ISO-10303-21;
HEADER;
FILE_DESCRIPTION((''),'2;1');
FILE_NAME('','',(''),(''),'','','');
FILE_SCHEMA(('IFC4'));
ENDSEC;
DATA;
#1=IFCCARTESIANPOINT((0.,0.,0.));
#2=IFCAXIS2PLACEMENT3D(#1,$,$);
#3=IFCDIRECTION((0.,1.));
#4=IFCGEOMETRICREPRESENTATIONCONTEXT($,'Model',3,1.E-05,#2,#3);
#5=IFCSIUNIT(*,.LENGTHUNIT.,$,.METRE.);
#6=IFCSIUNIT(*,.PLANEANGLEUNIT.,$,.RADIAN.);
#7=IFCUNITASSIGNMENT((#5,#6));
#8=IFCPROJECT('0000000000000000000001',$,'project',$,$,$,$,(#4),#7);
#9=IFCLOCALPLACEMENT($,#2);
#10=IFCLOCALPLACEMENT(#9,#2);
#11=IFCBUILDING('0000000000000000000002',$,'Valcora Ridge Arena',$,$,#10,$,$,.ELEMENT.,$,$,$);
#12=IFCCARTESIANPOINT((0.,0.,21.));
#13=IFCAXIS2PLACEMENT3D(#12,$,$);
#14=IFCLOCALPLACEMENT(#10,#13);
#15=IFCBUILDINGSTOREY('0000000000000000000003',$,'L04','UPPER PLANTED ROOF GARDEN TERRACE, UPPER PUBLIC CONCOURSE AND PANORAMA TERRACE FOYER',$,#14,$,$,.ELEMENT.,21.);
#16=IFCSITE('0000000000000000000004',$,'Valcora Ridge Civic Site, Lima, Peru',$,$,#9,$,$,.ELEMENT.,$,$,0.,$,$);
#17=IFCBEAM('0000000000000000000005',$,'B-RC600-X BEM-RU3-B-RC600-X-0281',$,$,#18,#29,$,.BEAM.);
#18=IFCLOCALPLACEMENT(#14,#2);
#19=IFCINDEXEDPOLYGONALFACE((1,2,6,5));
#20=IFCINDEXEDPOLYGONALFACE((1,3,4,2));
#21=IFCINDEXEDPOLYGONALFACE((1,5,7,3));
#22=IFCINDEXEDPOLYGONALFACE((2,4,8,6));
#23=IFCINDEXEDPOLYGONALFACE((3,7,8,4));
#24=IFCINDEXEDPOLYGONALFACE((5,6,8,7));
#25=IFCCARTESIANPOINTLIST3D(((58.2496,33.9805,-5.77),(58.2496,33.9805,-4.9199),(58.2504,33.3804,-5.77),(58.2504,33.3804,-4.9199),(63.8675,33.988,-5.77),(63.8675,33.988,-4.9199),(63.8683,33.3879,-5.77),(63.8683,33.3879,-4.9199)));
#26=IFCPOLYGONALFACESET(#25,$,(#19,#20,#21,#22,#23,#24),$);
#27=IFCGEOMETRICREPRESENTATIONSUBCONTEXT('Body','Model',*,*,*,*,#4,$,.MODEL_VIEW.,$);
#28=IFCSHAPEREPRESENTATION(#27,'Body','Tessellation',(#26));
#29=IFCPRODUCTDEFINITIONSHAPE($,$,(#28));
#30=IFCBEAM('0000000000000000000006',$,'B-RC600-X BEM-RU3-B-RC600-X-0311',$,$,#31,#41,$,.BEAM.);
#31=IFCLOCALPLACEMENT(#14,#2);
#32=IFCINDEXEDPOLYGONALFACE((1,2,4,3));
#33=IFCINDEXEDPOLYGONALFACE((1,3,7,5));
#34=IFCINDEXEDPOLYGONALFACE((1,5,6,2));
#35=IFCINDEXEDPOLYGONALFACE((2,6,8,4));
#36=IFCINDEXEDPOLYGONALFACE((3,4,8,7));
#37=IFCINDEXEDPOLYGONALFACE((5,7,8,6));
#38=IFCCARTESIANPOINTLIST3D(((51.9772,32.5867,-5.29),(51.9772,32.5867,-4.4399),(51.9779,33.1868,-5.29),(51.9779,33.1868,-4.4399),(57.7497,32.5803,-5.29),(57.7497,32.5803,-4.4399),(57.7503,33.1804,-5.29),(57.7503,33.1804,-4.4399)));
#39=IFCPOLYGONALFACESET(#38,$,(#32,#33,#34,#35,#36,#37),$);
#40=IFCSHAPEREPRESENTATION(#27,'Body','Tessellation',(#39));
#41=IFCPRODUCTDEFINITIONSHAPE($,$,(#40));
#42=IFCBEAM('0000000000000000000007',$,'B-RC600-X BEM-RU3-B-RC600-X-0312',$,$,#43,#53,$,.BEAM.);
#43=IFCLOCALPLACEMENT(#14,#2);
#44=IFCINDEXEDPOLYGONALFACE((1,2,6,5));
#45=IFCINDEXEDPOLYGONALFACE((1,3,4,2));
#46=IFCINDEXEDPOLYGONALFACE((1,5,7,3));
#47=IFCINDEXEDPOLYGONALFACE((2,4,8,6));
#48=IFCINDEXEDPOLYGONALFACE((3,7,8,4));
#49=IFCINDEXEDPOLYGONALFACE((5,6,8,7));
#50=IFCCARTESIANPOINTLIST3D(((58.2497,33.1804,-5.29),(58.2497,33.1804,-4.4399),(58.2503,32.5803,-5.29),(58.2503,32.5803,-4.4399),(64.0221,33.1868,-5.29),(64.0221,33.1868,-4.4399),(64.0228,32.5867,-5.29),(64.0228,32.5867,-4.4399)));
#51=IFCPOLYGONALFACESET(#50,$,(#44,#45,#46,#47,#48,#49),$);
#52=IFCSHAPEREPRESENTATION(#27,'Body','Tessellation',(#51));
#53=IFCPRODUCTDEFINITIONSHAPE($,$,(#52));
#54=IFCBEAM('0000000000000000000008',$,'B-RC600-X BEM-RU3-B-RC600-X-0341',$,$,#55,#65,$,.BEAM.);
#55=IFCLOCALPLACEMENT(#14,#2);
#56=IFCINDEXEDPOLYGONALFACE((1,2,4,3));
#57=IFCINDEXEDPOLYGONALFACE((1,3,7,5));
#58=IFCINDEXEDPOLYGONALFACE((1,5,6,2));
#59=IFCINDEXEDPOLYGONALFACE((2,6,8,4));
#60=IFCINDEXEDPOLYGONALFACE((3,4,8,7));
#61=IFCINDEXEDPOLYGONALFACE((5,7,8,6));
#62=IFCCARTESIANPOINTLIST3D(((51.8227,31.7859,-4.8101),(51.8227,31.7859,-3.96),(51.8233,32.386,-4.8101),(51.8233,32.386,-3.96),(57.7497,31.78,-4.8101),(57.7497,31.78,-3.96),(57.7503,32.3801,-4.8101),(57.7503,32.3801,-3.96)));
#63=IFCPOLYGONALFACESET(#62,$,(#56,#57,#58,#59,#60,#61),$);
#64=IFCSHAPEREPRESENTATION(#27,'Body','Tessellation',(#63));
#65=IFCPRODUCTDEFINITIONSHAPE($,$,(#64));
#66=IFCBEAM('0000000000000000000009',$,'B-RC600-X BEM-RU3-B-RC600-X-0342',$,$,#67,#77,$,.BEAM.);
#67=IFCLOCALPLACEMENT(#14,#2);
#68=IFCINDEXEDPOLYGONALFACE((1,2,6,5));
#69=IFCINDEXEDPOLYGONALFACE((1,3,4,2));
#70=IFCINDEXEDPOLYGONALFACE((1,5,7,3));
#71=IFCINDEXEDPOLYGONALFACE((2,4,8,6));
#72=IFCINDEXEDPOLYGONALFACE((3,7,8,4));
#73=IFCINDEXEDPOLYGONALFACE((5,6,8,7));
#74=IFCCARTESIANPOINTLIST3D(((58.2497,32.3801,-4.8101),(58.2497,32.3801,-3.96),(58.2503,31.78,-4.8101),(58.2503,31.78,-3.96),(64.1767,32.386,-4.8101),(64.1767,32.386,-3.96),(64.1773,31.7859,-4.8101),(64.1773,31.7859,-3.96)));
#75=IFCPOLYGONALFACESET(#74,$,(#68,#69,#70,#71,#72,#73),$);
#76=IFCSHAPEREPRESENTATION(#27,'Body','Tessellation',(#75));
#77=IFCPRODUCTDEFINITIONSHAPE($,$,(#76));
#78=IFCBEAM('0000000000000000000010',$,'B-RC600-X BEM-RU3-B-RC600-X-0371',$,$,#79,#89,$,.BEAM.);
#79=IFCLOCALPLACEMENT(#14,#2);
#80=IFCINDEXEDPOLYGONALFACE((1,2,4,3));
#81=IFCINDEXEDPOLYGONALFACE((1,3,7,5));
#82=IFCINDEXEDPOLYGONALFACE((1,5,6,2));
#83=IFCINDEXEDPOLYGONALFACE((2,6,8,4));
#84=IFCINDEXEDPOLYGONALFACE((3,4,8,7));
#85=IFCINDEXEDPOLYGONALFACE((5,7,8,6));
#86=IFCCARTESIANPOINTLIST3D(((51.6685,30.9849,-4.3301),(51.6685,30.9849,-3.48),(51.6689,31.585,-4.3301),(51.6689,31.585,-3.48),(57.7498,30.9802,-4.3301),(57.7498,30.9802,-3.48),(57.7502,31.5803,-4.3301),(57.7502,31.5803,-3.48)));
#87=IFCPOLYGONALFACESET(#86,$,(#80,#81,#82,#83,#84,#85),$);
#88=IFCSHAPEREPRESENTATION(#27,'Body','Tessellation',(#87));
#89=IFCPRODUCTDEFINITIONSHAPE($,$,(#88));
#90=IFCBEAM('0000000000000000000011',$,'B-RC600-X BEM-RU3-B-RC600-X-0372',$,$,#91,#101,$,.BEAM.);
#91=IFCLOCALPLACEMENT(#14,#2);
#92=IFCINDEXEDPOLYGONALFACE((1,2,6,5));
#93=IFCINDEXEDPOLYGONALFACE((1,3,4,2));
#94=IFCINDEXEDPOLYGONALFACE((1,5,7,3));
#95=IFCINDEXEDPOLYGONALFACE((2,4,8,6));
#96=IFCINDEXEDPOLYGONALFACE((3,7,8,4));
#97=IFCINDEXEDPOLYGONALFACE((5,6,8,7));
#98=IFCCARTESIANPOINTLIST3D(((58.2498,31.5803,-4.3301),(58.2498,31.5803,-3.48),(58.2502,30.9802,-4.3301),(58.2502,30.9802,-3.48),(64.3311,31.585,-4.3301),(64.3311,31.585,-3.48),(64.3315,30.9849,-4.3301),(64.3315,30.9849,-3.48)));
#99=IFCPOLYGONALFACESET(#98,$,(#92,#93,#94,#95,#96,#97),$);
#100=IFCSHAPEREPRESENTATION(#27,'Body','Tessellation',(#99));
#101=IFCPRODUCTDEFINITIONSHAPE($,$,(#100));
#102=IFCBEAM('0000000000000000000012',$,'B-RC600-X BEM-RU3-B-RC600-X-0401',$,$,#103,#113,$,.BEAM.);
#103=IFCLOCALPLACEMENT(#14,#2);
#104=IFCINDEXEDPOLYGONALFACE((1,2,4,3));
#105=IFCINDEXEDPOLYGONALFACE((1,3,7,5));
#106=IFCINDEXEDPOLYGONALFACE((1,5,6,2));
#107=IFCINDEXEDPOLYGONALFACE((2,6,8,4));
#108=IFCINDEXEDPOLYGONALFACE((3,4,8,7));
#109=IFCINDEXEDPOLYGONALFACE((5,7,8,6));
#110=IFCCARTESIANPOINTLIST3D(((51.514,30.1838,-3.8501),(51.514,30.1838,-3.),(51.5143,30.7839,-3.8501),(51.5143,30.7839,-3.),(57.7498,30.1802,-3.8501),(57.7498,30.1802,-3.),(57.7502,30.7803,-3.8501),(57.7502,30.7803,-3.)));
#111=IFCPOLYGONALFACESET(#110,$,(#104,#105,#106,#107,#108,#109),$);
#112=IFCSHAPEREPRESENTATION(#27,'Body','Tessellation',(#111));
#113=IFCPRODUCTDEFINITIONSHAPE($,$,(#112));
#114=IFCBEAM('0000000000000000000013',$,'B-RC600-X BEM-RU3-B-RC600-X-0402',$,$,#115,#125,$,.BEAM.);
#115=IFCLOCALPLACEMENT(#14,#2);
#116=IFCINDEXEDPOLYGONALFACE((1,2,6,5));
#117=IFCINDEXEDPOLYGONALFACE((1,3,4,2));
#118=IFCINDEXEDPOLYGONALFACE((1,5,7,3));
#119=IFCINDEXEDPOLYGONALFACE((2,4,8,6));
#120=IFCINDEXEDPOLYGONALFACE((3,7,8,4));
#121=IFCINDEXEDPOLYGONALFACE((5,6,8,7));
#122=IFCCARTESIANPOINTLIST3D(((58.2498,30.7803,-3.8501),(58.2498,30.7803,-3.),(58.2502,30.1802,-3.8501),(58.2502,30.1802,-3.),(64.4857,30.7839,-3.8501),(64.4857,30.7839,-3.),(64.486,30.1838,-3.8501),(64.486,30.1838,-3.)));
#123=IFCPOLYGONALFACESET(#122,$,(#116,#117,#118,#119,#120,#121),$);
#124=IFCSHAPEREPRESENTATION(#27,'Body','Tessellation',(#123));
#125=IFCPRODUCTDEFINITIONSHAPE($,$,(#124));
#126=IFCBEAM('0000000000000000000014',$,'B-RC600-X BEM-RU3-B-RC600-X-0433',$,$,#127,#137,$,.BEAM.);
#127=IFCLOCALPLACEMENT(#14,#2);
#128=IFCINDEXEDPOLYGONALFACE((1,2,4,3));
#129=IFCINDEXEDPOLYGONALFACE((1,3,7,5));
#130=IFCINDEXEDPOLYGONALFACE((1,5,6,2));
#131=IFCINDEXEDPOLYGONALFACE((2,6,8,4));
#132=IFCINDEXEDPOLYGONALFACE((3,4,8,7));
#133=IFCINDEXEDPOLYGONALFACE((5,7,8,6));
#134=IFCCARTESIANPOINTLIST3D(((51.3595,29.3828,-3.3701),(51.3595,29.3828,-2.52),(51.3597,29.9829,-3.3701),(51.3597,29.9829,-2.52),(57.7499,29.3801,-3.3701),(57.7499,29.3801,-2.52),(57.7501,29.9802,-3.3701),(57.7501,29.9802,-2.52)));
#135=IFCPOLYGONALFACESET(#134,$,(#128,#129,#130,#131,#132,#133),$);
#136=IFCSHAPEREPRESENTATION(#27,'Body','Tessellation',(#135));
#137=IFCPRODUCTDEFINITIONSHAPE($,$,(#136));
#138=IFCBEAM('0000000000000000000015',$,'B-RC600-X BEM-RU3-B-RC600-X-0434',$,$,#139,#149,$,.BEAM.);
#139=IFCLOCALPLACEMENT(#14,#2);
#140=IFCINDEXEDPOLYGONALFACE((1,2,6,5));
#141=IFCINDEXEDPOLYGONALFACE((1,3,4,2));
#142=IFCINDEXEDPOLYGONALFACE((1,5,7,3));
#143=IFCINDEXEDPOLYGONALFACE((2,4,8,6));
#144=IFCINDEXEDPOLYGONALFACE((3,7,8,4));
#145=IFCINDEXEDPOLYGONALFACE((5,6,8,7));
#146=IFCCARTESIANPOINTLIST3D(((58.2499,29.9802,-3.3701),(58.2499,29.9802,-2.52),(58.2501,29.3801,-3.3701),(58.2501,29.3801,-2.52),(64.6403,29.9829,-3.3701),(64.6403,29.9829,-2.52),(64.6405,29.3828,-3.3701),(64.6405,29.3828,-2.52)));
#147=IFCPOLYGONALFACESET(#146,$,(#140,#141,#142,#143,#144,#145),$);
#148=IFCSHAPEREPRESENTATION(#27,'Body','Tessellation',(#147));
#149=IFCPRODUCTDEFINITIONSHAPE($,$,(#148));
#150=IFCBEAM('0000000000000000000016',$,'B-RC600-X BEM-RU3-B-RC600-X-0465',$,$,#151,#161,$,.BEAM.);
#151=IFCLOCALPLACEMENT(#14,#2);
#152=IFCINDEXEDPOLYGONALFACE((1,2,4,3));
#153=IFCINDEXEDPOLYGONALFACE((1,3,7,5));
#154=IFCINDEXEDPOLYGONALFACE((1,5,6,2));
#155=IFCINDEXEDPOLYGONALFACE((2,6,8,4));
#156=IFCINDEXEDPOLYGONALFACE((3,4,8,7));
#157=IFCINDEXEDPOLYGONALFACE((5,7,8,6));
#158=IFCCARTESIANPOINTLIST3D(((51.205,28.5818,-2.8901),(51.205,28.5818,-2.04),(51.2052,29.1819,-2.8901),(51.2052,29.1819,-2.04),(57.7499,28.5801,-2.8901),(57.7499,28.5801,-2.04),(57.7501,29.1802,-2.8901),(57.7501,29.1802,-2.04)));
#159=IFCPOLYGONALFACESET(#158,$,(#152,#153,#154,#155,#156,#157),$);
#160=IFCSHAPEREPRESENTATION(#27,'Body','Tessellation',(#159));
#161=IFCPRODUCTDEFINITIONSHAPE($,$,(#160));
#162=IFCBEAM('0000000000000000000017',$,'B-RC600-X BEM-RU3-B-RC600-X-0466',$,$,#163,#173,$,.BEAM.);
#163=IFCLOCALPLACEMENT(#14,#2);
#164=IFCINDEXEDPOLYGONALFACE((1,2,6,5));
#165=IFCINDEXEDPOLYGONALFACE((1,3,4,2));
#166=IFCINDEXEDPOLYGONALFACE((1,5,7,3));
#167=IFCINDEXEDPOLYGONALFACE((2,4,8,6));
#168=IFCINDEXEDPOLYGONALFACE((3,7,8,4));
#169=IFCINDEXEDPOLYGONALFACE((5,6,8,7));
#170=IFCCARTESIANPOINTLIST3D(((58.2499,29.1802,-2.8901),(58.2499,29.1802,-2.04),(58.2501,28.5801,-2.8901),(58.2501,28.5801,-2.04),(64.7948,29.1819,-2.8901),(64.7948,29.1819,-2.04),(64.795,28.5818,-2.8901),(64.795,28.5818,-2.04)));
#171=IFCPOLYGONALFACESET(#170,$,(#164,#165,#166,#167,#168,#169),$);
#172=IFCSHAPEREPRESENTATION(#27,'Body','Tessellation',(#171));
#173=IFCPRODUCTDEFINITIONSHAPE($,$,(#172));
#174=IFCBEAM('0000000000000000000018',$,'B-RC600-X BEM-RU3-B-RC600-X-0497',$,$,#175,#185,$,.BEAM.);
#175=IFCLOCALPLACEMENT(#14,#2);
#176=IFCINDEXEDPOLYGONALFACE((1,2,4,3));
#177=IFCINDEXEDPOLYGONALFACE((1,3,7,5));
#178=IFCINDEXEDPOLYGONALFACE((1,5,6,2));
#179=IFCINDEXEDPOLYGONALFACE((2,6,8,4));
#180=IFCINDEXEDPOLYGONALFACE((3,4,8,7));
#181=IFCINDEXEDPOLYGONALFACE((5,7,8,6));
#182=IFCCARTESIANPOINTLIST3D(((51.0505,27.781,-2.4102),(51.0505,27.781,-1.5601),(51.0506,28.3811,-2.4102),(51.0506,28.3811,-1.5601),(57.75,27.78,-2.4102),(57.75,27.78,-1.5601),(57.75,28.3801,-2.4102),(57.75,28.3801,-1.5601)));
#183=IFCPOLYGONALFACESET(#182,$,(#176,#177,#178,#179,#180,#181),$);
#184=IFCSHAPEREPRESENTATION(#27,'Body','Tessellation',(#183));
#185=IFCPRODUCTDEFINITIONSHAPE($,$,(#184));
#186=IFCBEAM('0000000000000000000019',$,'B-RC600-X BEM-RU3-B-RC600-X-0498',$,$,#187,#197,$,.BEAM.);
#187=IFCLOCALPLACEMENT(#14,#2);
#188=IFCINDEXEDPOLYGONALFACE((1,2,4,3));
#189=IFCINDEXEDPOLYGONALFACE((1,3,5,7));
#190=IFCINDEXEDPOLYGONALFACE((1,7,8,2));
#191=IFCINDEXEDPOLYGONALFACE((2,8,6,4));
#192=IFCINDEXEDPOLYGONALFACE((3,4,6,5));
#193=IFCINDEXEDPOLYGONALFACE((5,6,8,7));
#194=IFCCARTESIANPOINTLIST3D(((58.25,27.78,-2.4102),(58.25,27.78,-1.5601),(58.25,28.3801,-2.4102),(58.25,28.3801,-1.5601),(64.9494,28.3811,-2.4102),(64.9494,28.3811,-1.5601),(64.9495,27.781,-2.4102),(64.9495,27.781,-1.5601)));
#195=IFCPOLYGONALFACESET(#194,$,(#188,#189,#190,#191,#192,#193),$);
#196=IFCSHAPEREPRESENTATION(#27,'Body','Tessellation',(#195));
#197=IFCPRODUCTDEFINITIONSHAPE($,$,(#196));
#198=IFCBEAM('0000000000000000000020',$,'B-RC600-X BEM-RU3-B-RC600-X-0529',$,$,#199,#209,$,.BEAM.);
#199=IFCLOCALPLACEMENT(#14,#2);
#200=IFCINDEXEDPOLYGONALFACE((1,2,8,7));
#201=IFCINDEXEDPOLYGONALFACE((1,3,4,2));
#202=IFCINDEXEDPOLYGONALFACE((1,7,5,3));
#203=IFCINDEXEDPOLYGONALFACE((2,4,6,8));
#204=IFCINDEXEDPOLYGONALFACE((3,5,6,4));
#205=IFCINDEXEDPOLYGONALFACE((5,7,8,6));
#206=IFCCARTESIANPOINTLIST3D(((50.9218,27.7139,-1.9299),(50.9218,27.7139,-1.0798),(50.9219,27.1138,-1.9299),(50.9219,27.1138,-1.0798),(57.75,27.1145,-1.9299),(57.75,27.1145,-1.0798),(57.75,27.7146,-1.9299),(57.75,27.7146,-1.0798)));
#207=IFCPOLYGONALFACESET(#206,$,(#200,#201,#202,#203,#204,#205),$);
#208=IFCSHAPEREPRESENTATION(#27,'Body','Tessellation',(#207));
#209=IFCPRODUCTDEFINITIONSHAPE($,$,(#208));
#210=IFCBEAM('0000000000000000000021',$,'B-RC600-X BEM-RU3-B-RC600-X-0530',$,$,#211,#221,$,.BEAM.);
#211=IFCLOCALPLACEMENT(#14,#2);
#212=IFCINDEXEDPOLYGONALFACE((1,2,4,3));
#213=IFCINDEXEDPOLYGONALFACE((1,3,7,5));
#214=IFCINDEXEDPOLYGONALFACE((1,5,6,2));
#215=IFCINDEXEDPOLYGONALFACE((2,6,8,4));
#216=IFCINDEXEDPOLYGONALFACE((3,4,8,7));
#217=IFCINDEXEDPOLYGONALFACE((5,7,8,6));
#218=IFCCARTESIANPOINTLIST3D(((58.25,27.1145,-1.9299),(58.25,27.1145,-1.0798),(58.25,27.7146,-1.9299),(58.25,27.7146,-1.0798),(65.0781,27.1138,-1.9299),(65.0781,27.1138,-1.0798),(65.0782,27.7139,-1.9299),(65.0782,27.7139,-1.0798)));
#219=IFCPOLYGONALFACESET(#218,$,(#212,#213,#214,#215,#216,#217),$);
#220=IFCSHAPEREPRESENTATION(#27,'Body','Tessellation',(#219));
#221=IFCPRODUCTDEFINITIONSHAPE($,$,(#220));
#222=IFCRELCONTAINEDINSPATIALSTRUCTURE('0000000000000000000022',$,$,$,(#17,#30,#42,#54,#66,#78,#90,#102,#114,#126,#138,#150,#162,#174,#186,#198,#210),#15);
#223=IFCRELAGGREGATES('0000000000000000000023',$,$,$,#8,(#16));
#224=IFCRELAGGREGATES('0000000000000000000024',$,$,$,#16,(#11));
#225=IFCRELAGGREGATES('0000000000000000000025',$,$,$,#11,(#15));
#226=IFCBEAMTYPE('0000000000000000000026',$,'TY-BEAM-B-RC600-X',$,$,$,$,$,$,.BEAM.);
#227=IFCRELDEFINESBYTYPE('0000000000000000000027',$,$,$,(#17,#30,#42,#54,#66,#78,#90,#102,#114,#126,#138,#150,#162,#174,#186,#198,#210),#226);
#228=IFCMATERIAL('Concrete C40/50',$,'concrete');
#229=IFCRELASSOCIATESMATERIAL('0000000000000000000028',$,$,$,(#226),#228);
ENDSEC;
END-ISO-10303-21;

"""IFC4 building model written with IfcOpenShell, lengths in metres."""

from ifc_helpers import new_model, si_unit, direction, frame, origin, origin_2d, place, context, subcontext, project, spatial, rectangle, extrude, material, material_profile, profile_set, type_object, element, save


model = new_model("IFC4")

# Units and contexts
model_context = context("Model", 3, precision=1e-05, world=origin(), true_north=direction((0.0, 1.0)))
body_context = subcontext(model_context, "Body", "Model", "MODEL_VIEW")
ifc_project = project(units=[si_unit("LENGTHUNIT", "METRE"), si_unit("PLANEANGLEUNIT", "RADIAN")], contexts=[model_context])

# Site, building, storey
site_placement = place(None, origin())
site = spatial("IfcSite", under=ifc_project, at=site_placement, Name="Valcora Ridge Civic Site, Lima, Peru", CompositionType="ELEMENT", RefElevation=0.0)
building_placement = place(site_placement, origin())
building = spatial("IfcBuilding", under=site, at=building_placement, Name="Valcora Ridge Arena", CompositionType="ELEMENT")
storey_placement = place(building_placement, frame((0.0, 0.0, 21.0)))
storey = spatial("IfcBuildingStorey", under=building, at=storey_placement, Name="L04", Description="UPPER PLANTED ROOF GARDEN TERRACE, UPPER PUBLIC CONCOURSE AND PANORAMA TERRACE FOYER", CompositionType="ELEMENT", Elevation=21.0)

# Beams
ifc_material_1 = material(Name="Concrete C40/50", Category="concrete")
ifc_material_profile_1 = material_profile(ifc_material_1, rectangle(XDim=0.6001, YDim=0.8501, at=origin_2d()), Name="RC 600x850")
ifc_profile_set_1 = profile_set([ifc_material_profile_1], Name="Concrete C40/50")
beam_type_1 = type_object("IfcBeamType", Name="TY-BEAM-B-RC600-X", PredefinedType="BEAM", material=ifc_profile_set_1)
for number, where, z_axis, x_axis, name in (
    (1, (58.25, 33.6804, -5.345), (0.999999, 0.001347, 0.0), (-0.001347, 0.999999, 0.0), "B-RC600-X BEM-RU3-B-RC600-X-0281"),
):
    element("IfcBeam", number, at=place(storey_placement, frame(where, z_axis=z_axis, x_axis=x_axis)), inside=storey, type_object=beam_type_1, Name=name, PredefinedType="BEAM", context=body_context, shape_type="SweptSolid", body=[
        extrude(rectangle(XDim=0.6001, YDim=0.8501, at=origin_2d()), origin(), (0.0, 0.0, 1.0), 5.6179),
    ])
for number, where, z_axis, x_axis, name in (
    (2, (51.9775, 32.8867, -4.865), (0.999999, -0.0011, 0.0), (0.0011, 0.999999, 0.0), "B-RC600-X BEM-RU3-B-RC600-X-0311"),
    (3, (58.25, 32.8804, -4.865), (0.999999, 0.0011, 0.0), (-0.0011, 0.999999, 0.0), "B-RC600-X BEM-RU3-B-RC600-X-0312"),
):
    element("IfcBeam", number, at=place(storey_placement, frame(where, z_axis=z_axis, x_axis=x_axis)), inside=storey, type_object=beam_type_1, Name=name, PredefinedType="BEAM", context=body_context, shape_type="SweptSolid", body=[
        extrude(rectangle(XDim=0.6001, YDim=0.8501, at=origin_2d()), origin(), (0.0, 0.0, 1.0), 5.7725),
    ])
for number, where, z_axis, x_axis, name in (
    (4, (51.823, 32.0859, -4.385), (1.0, -0.000989, 0.0), (0.000989, 1.0, 0.0), "B-RC600-X BEM-RU3-B-RC600-X-0341"),
    (5, (58.25, 32.0801, -4.385), (1.0, 0.000989, 0.0), (-0.000989, 1.0, 0.0), "B-RC600-X BEM-RU3-B-RC600-X-0342"),
):
    element("IfcBeam", number, at=place(storey_placement, frame(where, z_axis=z_axis, x_axis=x_axis)), inside=storey, type_object=beam_type_1, Name=name, PredefinedType="BEAM", context=body_context, shape_type="SweptSolid", body=[
        extrude(rectangle(XDim=0.6001, YDim=0.8501, at=origin_2d()), origin(), (0.0, 0.0, 1.0), 5.927),
    ])
for number, where, z_axis, x_axis, name in (
    (6, (51.6687, 31.2849, -3.905), (1.0, -0.000763, 0.0), (0.000763, 1.0, 0.0), "B-RC600-X BEM-RU3-B-RC600-X-0371"),
    (7, (58.25, 31.2803, -3.905), (1.0, 0.000763, 0.0), (-0.000763, 1.0, 0.0), "B-RC600-X BEM-RU3-B-RC600-X-0372"),
):
    element("IfcBeam", number, at=place(storey_placement, frame(where, z_axis=z_axis, x_axis=x_axis)), inside=storey, type_object=beam_type_1, Name=name, PredefinedType="BEAM", context=body_context, shape_type="SweptSolid", body=[
        extrude(rectangle(XDim=0.6001, YDim=0.8501, at=origin_2d()), origin(), (0.0, 0.0, 1.0), 6.0813),
    ])
for number, where, z_axis, x_axis, name in (
    (8, (51.5142, 30.4839, -3.425), (1.0, -0.000587, 0.0), (0.000587, 1.0, 0.0), "B-RC600-X BEM-RU3-B-RC600-X-0401"),
    (9, (58.25, 30.4802, -3.425), (1.0, 0.000587, 0.0), (-0.000587, 1.0, 0.0), "B-RC600-X BEM-RU3-B-RC600-X-0402"),
):
    element("IfcBeam", number, at=place(storey_placement, frame(where, z_axis=z_axis, x_axis=x_axis)), inside=storey, type_object=beam_type_1, Name=name, PredefinedType="BEAM", context=body_context, shape_type="SweptSolid", body=[
        extrude(rectangle(XDim=0.6001, YDim=0.8501, at=origin_2d()), origin(), (0.0, 0.0, 1.0), 6.2358),
    ])
for number, where, z_axis, x_axis, name in (
    (10, (51.3596, 29.6829, -2.9451), (1.0, -0.00042, 0.0), (0.00042, 1.0, 0.0), "B-RC600-X BEM-RU3-B-RC600-X-0433"),
    (11, (58.25, 29.6802, -2.9451), (1.0, 0.00042, 0.0), (-0.00042, 1.0, 0.0), "B-RC600-X BEM-RU3-B-RC600-X-0434"),
):
    element("IfcBeam", number, at=place(storey_placement, frame(where, z_axis=z_axis, x_axis=x_axis)), inside=storey, type_object=beam_type_1, Name=name, PredefinedType="BEAM", context=body_context, shape_type="SweptSolid", body=[
        extrude(rectangle(XDim=0.6001, YDim=0.8501, at=origin_2d()), origin(), (0.0, 0.0, 1.0), 6.3904),
    ])
for number, where, z_axis, x_axis, name in (
    (12, (51.2051, 28.8818, -2.4651), (1.0, -0.000261, 0.0), (0.000261, 1.0, 0.0), "B-RC600-X BEM-RU3-B-RC600-X-0465"),
    (13, (58.25, 28.8801, -2.4651), (1.0, 0.000261, 0.0), (-0.000261, 1.0, 0.0), "B-RC600-X BEM-RU3-B-RC600-X-0466"),
):
    element("IfcBeam", number, at=place(storey_placement, frame(where, z_axis=z_axis, x_axis=x_axis)), inside=storey, type_object=beam_type_1, Name=name, PredefinedType="BEAM", context=body_context, shape_type="SweptSolid", body=[
        extrude(rectangle(XDim=0.6001, YDim=0.8501, at=origin_2d()), origin(), (0.0, 0.0, 1.0), 6.5449),
    ])
for number, where, z_axis, x_axis, name in (
    (14, (51.0505, 28.0811, -1.9851), (1.0, -0.000146, 0.0), (0.000146, 1.0, 0.0), "B-RC600-X BEM-RU3-B-RC600-X-0497"),
    (15, (58.25, 28.0801, -1.9851), (1.0, 0.000146, 0.0), (-0.000146, 1.0, 0.0), "B-RC600-X BEM-RU3-B-RC600-X-0498"),
):
    element("IfcBeam", number, at=place(storey_placement, frame(where, z_axis=z_axis, x_axis=x_axis)), inside=storey, type_object=beam_type_1, Name=name, PredefinedType="BEAM", context=body_context, shape_type="SweptSolid", body=[
        extrude(rectangle(XDim=0.6001, YDim=0.8501, at=origin_2d()), origin(), (0.0, 0.0, 1.0), 6.6995),
    ])
for number, where, z_axis, x_axis, name in (
    (16, (50.9219, 27.4138, -1.5049), (1.0, 0.000107, 0.0), (-0.000107, 1.0, 0.0), "B-RC600-X BEM-RU3-B-RC600-X-0529"),
    (17, (58.25, 27.4146, -1.5049), (1.0, -0.000107, 0.0), (0.000107, 1.0, 0.0), "B-RC600-X BEM-RU3-B-RC600-X-0530"),
):
    element("IfcBeam", number, at=place(storey_placement, frame(where, z_axis=z_axis, x_axis=x_axis)), inside=storey, type_object=beam_type_1, Name=name, PredefinedType="BEAM", context=body_context, shape_type="SweptSolid", body=[
        extrude(rectangle(XDim=0.6001, YDim=0.8501, at=origin_2d()), origin(), (0.0, 0.0, 1.0), 6.8281),
    ])

save(model, "model.ifc")
